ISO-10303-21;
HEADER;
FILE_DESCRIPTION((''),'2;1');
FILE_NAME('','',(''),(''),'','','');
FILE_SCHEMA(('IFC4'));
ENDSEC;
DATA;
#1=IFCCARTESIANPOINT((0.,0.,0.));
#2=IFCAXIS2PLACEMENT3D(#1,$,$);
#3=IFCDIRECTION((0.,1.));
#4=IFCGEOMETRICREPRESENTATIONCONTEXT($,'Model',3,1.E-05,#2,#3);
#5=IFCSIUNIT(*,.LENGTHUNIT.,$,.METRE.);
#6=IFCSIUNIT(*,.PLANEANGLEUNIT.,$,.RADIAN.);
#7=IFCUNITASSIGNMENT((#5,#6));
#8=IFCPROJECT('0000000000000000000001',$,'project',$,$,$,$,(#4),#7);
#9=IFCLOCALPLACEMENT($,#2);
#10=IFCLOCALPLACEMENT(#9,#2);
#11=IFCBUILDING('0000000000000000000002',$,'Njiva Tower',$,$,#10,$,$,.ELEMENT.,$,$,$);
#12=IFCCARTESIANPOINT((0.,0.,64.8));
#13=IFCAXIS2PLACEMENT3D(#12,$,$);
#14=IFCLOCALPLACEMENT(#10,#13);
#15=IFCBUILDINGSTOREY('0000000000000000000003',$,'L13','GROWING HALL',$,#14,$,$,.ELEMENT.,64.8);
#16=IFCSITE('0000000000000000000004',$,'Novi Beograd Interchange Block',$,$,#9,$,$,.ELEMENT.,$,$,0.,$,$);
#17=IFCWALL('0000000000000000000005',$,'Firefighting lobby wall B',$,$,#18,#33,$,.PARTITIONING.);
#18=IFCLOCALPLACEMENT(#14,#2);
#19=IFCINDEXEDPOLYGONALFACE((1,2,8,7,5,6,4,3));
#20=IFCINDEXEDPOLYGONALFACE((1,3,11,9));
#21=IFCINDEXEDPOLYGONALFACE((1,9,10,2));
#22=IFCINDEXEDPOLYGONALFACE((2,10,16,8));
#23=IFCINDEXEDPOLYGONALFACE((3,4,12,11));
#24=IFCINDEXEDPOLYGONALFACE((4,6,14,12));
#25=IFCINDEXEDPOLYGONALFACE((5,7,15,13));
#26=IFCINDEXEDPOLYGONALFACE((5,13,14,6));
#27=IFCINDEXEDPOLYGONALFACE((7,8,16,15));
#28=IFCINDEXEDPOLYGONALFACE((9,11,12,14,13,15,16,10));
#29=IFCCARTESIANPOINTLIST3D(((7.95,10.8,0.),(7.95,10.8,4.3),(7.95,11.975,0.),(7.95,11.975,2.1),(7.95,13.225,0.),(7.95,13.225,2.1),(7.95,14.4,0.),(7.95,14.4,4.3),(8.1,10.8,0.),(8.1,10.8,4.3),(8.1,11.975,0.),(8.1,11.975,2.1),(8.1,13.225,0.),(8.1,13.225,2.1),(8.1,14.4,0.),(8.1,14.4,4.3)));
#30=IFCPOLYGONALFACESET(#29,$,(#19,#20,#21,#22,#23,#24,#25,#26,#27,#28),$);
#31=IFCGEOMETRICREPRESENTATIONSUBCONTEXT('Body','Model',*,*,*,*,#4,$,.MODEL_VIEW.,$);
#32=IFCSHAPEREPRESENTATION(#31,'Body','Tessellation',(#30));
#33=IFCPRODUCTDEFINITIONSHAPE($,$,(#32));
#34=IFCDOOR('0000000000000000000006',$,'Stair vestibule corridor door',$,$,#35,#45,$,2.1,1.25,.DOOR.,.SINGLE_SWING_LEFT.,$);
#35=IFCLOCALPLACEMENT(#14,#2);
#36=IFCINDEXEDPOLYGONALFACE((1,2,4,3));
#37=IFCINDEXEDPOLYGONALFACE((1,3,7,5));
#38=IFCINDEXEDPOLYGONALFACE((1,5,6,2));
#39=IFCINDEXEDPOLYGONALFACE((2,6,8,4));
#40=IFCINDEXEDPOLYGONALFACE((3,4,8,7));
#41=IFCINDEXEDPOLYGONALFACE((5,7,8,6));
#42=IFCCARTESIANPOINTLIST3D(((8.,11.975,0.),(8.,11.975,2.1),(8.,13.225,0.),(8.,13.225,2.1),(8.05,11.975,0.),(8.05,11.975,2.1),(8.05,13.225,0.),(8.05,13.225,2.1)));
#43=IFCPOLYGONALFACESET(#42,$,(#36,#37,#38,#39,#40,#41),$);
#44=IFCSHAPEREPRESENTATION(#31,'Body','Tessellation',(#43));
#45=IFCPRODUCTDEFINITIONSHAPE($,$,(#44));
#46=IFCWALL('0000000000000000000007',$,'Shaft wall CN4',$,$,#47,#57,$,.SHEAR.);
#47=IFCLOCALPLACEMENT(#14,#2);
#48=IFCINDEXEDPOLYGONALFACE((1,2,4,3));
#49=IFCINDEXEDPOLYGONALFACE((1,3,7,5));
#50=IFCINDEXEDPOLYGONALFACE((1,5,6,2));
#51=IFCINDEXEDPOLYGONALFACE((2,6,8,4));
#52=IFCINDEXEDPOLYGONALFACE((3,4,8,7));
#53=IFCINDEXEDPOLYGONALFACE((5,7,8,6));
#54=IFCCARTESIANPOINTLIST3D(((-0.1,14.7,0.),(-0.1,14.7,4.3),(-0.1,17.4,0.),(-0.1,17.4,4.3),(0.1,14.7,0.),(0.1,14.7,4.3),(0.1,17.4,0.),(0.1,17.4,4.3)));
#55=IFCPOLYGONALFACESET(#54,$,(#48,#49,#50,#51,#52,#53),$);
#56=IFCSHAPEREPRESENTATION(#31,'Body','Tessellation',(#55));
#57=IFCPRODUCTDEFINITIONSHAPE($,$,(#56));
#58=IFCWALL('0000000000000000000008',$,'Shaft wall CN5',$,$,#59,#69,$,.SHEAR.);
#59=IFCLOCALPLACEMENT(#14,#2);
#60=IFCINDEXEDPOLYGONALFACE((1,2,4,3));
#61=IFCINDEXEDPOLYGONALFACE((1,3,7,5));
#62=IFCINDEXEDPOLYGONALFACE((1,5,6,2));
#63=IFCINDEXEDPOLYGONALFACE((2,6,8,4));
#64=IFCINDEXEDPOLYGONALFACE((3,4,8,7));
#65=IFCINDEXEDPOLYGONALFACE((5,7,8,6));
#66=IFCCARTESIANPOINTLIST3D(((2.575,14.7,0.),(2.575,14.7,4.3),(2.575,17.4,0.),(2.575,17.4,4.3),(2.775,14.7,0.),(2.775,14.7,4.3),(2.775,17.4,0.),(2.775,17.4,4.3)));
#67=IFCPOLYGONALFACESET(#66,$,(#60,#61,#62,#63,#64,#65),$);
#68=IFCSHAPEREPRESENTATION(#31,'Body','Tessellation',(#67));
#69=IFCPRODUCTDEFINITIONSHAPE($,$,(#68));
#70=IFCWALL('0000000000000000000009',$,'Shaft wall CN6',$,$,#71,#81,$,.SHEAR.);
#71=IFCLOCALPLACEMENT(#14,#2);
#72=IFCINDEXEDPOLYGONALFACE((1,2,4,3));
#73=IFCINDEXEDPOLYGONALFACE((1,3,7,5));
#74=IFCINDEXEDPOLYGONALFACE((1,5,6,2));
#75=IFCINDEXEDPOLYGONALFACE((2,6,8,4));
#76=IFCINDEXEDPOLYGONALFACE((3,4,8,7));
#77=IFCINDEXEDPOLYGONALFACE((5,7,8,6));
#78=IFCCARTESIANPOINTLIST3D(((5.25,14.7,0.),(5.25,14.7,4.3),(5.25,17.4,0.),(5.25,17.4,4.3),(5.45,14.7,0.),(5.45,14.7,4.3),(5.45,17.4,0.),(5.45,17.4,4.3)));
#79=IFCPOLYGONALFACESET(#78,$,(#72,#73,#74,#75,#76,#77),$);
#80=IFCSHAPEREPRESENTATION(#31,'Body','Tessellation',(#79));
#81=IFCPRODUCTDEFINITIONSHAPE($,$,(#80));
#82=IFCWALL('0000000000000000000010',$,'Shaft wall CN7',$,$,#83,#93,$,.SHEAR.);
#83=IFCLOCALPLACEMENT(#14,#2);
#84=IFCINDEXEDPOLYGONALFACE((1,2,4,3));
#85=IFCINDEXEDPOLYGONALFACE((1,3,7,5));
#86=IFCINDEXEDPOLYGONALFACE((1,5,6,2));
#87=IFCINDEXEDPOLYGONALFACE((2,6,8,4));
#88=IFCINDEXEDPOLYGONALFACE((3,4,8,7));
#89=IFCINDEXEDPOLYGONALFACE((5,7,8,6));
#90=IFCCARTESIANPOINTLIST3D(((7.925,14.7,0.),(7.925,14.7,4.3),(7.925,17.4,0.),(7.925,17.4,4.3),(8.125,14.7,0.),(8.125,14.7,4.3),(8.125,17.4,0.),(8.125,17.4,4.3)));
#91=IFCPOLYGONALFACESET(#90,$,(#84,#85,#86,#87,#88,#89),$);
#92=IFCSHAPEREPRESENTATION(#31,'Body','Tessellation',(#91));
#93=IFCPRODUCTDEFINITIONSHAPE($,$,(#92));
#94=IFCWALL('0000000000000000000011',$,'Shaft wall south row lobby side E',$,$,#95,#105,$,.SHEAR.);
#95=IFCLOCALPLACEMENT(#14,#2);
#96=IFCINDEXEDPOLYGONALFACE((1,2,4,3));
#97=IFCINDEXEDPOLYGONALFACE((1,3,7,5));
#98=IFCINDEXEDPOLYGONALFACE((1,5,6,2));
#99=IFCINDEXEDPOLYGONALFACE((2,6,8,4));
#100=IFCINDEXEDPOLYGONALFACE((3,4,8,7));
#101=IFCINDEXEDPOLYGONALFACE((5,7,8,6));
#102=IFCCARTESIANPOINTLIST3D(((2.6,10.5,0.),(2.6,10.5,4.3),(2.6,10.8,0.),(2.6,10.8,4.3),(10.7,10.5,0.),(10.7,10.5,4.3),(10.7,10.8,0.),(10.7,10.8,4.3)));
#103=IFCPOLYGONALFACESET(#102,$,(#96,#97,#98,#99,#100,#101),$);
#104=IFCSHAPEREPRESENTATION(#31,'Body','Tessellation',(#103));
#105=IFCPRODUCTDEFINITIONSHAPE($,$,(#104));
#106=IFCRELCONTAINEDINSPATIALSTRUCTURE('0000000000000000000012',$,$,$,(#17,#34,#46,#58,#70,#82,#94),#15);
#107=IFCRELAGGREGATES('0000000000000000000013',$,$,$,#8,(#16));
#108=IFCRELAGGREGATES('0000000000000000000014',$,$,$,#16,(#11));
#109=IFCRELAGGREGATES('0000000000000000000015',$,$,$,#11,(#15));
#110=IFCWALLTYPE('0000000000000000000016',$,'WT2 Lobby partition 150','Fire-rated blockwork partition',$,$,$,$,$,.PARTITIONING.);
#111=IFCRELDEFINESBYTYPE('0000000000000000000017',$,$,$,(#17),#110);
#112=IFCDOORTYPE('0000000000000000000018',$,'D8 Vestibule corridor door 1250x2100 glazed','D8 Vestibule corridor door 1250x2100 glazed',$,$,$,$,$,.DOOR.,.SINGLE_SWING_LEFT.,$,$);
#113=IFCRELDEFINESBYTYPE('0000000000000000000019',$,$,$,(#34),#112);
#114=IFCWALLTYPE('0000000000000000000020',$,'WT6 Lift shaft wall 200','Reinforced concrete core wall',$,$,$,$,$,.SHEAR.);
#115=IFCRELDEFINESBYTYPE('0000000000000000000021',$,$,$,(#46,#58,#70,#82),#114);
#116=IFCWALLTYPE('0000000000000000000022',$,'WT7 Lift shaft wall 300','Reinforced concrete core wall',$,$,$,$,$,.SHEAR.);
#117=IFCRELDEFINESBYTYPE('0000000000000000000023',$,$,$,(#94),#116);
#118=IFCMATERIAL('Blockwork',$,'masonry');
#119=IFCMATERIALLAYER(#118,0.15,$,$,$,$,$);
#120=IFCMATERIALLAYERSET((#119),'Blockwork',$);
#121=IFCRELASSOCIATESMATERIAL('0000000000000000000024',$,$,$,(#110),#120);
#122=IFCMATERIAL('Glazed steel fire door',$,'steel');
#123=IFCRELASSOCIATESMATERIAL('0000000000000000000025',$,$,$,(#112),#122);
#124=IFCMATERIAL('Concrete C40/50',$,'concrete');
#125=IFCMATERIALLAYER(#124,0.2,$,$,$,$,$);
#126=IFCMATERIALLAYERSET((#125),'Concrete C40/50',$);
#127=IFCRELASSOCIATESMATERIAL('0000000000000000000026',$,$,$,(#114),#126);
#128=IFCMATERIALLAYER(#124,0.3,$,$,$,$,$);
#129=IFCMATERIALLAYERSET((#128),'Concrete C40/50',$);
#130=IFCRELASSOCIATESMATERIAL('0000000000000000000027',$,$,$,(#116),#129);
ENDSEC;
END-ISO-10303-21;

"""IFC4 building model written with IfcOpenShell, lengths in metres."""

from ifc_helpers import new_model, si_unit, direction, frame, frame_2d, origin, place, context, subcontext, project, spatial, rectangle, extrude, material, layer, layer_set, type_object, element, fill, save


model = new_model("IFC4")

# Units and contexts
model_context = context("Model", 3, precision=1e-05, world=origin(), true_north=direction((0.0, 1.0)))
body_context = subcontext(model_context, "Body", "Model", "MODEL_VIEW")
ifc_project = project(units=[si_unit("LENGTHUNIT", "METRE"), si_unit("PLANEANGLEUNIT", "RADIAN")], contexts=[model_context])

# Site, building, storey
site_placement = place(None, origin())
site = spatial("IfcSite", under=ifc_project, at=site_placement, Name="Novi Beograd Interchange Block", CompositionType="ELEMENT", RefElevation=0.0)
building_placement = place(site_placement, origin())
building = spatial("IfcBuilding", under=site, at=building_placement, Name="Njiva Tower", CompositionType="ELEMENT")
storey_placement = place(building_placement, frame((0.0, 0.0, 64.8)))
storey = spatial("IfcBuildingStorey", under=building, at=storey_placement, Name="L13", Description="GROWING HALL", CompositionType="ELEMENT", Elevation=64.8)

# Wall, opening, door
ifc_material_1 = material(Name="Concrete C40/50", Category="concrete")
ifc_material_2 = material(Name="Glazed steel fire door", Category="steel")
ifc_material_3 = material(Name="Blockwork", Category="masonry")
ifc_layer_1 = layer(ifc_material_3, 0.15)
ifc_layer_set_1 = layer_set([ifc_layer_1], Name="Blockwork")
wall_type_1 = type_object("IfcWallType", Name="WT2 Lobby partition 150", Description="Fire-rated blockwork partition", PredefinedType="PARTITIONING", material=ifc_layer_set_1)
wall_1_placement = place(storey_placement, frame((8.025, 10.8, 0.0), z_axis=(0.0, 0.0, 1.0), x_axis=(0.0, 1.0, 0.0)))
wall_1 = element("IfcWall", 1, at=wall_1_placement, inside=storey, type_object=wall_type_1, Name="Firefighting lobby wall B", PredefinedType="PARTITIONING", context=body_context, shape_type="SweptSolid", body=[
    extrude(rectangle(XDim=3.6, YDim=0.15, at=frame_2d((1.8, 0.0))), origin(), (0.0, 0.0, 1.0), 4.3),
])
opening_1_placement = place(wall_1_placement, frame((1.175, 0.0, 0.0)))
opening_1 = element("IfcOpeningElement", 2, at=opening_1_placement, cuts=wall_1, PredefinedType="OPENING", context=body_context, shape_type="SweptSolid", body=[
    extrude(rectangle(XDim=1.25, YDim=2.1, at=frame_2d((0.625, 1.05))), frame((0.0, 0.085, 0.0), z_axis=(0.0, -1.0, 0.0), x_axis=(1.0, 0.0, 0.0)), (0.0, 0.0, 1.0), 0.17),
])
door_type_1 = type_object("IfcDoorType", Name="D8 Vestibule corridor door 1250x2100 glazed", Description="D8 Vestibule corridor door 1250x2100 glazed", OperationType="SINGLE_SWING_LEFT", PredefinedType="DOOR", material=ifc_material_2)
door_1_placement = place(opening_1_placement, origin())
door_1 = element("IfcDoor", 3, at=door_1_placement, inside=storey, type_object=door_type_1, Name="Stair vestibule corridor door", OperationType="SINGLE_SWING_LEFT", OverallHeight=2.1, OverallWidth=1.25, PredefinedType="DOOR", context=body_context, shape_type="SweptSolid", body=[
    extrude(rectangle(XDim=1.25, YDim=2.1, at=frame_2d((0.625, 1.05))), frame((0.0, 0.025, 0.0), z_axis=(0.0, -1.0, 0.0), x_axis=(1.0, 0.0, 0.0)), (0.0, 0.0, 1.0), 0.05),
])
fill(opening_1, door_1)

# Walls
ifc_layer_2 = layer(ifc_material_1, 0.2)
ifc_layer_set_2 = layer_set([ifc_layer_2], Name="Concrete C40/50")
wall_type_2 = type_object("IfcWallType", Name="WT6 Lift shaft wall 200", Description="Reinforced concrete core wall", PredefinedType="SHEAR", material=ifc_layer_set_2)
for number, where, z_axis, x_axis, name in (
    (4, (0.0, 14.7, 0.0), (0.0, 0.0, 1.0), (0.0, 1.0, 0.0), "Shaft wall CN4"),
    (5, (2.675, 14.7, 0.0), (0.0, 0.0, 1.0), (0.0, 1.0, 0.0), "Shaft wall CN5"),
    (6, (5.35, 14.7, 0.0), (0.0, 0.0, 1.0), (0.0, 1.0, 0.0), "Shaft wall CN6"),
    (7, (8.025, 14.7, 0.0), (0.0, 0.0, 1.0), (0.0, 1.0, 0.0), "Shaft wall CN7"),
):
    element("IfcWall", number, at=place(storey_placement, frame(where, z_axis=z_axis, x_axis=x_axis)), inside=storey, type_object=wall_type_2, Name=name, PredefinedType="SHEAR", context=body_context, shape_type="SweptSolid", body=[
        extrude(rectangle(XDim=2.7, YDim=0.2, at=frame_2d((1.35, 0.0))), origin(), (0.0, 0.0, 1.0), 4.3),
    ])
ifc_layer_3 = layer(ifc_material_1, 0.3)
ifc_layer_set_3 = layer_set([ifc_layer_3], Name="Concrete C40/50")
wall_type_3 = type_object("IfcWallType", Name="WT7 Lift shaft wall 300", Description="Reinforced concrete core wall", PredefinedType="SHEAR", material=ifc_layer_set_3)
wall_2_placement = place(storey_placement, frame((2.6, 10.65, 0.0), z_axis=(0.0, 0.0, 1.0), x_axis=(1.0, 0.0, 0.0)))
element("IfcWall", 8, at=wall_2_placement, inside=storey, type_object=wall_type_3, Name="Shaft wall south row lobby side E", PredefinedType="SHEAR", context=body_context, shape_type="SweptSolid", body=[
    extrude(rectangle(XDim=8.1, YDim=0.3, at=frame_2d((4.05, 0.0))), origin(), (0.0, 0.0, 1.0), 4.3),
])

save(model, "model.ifc")
